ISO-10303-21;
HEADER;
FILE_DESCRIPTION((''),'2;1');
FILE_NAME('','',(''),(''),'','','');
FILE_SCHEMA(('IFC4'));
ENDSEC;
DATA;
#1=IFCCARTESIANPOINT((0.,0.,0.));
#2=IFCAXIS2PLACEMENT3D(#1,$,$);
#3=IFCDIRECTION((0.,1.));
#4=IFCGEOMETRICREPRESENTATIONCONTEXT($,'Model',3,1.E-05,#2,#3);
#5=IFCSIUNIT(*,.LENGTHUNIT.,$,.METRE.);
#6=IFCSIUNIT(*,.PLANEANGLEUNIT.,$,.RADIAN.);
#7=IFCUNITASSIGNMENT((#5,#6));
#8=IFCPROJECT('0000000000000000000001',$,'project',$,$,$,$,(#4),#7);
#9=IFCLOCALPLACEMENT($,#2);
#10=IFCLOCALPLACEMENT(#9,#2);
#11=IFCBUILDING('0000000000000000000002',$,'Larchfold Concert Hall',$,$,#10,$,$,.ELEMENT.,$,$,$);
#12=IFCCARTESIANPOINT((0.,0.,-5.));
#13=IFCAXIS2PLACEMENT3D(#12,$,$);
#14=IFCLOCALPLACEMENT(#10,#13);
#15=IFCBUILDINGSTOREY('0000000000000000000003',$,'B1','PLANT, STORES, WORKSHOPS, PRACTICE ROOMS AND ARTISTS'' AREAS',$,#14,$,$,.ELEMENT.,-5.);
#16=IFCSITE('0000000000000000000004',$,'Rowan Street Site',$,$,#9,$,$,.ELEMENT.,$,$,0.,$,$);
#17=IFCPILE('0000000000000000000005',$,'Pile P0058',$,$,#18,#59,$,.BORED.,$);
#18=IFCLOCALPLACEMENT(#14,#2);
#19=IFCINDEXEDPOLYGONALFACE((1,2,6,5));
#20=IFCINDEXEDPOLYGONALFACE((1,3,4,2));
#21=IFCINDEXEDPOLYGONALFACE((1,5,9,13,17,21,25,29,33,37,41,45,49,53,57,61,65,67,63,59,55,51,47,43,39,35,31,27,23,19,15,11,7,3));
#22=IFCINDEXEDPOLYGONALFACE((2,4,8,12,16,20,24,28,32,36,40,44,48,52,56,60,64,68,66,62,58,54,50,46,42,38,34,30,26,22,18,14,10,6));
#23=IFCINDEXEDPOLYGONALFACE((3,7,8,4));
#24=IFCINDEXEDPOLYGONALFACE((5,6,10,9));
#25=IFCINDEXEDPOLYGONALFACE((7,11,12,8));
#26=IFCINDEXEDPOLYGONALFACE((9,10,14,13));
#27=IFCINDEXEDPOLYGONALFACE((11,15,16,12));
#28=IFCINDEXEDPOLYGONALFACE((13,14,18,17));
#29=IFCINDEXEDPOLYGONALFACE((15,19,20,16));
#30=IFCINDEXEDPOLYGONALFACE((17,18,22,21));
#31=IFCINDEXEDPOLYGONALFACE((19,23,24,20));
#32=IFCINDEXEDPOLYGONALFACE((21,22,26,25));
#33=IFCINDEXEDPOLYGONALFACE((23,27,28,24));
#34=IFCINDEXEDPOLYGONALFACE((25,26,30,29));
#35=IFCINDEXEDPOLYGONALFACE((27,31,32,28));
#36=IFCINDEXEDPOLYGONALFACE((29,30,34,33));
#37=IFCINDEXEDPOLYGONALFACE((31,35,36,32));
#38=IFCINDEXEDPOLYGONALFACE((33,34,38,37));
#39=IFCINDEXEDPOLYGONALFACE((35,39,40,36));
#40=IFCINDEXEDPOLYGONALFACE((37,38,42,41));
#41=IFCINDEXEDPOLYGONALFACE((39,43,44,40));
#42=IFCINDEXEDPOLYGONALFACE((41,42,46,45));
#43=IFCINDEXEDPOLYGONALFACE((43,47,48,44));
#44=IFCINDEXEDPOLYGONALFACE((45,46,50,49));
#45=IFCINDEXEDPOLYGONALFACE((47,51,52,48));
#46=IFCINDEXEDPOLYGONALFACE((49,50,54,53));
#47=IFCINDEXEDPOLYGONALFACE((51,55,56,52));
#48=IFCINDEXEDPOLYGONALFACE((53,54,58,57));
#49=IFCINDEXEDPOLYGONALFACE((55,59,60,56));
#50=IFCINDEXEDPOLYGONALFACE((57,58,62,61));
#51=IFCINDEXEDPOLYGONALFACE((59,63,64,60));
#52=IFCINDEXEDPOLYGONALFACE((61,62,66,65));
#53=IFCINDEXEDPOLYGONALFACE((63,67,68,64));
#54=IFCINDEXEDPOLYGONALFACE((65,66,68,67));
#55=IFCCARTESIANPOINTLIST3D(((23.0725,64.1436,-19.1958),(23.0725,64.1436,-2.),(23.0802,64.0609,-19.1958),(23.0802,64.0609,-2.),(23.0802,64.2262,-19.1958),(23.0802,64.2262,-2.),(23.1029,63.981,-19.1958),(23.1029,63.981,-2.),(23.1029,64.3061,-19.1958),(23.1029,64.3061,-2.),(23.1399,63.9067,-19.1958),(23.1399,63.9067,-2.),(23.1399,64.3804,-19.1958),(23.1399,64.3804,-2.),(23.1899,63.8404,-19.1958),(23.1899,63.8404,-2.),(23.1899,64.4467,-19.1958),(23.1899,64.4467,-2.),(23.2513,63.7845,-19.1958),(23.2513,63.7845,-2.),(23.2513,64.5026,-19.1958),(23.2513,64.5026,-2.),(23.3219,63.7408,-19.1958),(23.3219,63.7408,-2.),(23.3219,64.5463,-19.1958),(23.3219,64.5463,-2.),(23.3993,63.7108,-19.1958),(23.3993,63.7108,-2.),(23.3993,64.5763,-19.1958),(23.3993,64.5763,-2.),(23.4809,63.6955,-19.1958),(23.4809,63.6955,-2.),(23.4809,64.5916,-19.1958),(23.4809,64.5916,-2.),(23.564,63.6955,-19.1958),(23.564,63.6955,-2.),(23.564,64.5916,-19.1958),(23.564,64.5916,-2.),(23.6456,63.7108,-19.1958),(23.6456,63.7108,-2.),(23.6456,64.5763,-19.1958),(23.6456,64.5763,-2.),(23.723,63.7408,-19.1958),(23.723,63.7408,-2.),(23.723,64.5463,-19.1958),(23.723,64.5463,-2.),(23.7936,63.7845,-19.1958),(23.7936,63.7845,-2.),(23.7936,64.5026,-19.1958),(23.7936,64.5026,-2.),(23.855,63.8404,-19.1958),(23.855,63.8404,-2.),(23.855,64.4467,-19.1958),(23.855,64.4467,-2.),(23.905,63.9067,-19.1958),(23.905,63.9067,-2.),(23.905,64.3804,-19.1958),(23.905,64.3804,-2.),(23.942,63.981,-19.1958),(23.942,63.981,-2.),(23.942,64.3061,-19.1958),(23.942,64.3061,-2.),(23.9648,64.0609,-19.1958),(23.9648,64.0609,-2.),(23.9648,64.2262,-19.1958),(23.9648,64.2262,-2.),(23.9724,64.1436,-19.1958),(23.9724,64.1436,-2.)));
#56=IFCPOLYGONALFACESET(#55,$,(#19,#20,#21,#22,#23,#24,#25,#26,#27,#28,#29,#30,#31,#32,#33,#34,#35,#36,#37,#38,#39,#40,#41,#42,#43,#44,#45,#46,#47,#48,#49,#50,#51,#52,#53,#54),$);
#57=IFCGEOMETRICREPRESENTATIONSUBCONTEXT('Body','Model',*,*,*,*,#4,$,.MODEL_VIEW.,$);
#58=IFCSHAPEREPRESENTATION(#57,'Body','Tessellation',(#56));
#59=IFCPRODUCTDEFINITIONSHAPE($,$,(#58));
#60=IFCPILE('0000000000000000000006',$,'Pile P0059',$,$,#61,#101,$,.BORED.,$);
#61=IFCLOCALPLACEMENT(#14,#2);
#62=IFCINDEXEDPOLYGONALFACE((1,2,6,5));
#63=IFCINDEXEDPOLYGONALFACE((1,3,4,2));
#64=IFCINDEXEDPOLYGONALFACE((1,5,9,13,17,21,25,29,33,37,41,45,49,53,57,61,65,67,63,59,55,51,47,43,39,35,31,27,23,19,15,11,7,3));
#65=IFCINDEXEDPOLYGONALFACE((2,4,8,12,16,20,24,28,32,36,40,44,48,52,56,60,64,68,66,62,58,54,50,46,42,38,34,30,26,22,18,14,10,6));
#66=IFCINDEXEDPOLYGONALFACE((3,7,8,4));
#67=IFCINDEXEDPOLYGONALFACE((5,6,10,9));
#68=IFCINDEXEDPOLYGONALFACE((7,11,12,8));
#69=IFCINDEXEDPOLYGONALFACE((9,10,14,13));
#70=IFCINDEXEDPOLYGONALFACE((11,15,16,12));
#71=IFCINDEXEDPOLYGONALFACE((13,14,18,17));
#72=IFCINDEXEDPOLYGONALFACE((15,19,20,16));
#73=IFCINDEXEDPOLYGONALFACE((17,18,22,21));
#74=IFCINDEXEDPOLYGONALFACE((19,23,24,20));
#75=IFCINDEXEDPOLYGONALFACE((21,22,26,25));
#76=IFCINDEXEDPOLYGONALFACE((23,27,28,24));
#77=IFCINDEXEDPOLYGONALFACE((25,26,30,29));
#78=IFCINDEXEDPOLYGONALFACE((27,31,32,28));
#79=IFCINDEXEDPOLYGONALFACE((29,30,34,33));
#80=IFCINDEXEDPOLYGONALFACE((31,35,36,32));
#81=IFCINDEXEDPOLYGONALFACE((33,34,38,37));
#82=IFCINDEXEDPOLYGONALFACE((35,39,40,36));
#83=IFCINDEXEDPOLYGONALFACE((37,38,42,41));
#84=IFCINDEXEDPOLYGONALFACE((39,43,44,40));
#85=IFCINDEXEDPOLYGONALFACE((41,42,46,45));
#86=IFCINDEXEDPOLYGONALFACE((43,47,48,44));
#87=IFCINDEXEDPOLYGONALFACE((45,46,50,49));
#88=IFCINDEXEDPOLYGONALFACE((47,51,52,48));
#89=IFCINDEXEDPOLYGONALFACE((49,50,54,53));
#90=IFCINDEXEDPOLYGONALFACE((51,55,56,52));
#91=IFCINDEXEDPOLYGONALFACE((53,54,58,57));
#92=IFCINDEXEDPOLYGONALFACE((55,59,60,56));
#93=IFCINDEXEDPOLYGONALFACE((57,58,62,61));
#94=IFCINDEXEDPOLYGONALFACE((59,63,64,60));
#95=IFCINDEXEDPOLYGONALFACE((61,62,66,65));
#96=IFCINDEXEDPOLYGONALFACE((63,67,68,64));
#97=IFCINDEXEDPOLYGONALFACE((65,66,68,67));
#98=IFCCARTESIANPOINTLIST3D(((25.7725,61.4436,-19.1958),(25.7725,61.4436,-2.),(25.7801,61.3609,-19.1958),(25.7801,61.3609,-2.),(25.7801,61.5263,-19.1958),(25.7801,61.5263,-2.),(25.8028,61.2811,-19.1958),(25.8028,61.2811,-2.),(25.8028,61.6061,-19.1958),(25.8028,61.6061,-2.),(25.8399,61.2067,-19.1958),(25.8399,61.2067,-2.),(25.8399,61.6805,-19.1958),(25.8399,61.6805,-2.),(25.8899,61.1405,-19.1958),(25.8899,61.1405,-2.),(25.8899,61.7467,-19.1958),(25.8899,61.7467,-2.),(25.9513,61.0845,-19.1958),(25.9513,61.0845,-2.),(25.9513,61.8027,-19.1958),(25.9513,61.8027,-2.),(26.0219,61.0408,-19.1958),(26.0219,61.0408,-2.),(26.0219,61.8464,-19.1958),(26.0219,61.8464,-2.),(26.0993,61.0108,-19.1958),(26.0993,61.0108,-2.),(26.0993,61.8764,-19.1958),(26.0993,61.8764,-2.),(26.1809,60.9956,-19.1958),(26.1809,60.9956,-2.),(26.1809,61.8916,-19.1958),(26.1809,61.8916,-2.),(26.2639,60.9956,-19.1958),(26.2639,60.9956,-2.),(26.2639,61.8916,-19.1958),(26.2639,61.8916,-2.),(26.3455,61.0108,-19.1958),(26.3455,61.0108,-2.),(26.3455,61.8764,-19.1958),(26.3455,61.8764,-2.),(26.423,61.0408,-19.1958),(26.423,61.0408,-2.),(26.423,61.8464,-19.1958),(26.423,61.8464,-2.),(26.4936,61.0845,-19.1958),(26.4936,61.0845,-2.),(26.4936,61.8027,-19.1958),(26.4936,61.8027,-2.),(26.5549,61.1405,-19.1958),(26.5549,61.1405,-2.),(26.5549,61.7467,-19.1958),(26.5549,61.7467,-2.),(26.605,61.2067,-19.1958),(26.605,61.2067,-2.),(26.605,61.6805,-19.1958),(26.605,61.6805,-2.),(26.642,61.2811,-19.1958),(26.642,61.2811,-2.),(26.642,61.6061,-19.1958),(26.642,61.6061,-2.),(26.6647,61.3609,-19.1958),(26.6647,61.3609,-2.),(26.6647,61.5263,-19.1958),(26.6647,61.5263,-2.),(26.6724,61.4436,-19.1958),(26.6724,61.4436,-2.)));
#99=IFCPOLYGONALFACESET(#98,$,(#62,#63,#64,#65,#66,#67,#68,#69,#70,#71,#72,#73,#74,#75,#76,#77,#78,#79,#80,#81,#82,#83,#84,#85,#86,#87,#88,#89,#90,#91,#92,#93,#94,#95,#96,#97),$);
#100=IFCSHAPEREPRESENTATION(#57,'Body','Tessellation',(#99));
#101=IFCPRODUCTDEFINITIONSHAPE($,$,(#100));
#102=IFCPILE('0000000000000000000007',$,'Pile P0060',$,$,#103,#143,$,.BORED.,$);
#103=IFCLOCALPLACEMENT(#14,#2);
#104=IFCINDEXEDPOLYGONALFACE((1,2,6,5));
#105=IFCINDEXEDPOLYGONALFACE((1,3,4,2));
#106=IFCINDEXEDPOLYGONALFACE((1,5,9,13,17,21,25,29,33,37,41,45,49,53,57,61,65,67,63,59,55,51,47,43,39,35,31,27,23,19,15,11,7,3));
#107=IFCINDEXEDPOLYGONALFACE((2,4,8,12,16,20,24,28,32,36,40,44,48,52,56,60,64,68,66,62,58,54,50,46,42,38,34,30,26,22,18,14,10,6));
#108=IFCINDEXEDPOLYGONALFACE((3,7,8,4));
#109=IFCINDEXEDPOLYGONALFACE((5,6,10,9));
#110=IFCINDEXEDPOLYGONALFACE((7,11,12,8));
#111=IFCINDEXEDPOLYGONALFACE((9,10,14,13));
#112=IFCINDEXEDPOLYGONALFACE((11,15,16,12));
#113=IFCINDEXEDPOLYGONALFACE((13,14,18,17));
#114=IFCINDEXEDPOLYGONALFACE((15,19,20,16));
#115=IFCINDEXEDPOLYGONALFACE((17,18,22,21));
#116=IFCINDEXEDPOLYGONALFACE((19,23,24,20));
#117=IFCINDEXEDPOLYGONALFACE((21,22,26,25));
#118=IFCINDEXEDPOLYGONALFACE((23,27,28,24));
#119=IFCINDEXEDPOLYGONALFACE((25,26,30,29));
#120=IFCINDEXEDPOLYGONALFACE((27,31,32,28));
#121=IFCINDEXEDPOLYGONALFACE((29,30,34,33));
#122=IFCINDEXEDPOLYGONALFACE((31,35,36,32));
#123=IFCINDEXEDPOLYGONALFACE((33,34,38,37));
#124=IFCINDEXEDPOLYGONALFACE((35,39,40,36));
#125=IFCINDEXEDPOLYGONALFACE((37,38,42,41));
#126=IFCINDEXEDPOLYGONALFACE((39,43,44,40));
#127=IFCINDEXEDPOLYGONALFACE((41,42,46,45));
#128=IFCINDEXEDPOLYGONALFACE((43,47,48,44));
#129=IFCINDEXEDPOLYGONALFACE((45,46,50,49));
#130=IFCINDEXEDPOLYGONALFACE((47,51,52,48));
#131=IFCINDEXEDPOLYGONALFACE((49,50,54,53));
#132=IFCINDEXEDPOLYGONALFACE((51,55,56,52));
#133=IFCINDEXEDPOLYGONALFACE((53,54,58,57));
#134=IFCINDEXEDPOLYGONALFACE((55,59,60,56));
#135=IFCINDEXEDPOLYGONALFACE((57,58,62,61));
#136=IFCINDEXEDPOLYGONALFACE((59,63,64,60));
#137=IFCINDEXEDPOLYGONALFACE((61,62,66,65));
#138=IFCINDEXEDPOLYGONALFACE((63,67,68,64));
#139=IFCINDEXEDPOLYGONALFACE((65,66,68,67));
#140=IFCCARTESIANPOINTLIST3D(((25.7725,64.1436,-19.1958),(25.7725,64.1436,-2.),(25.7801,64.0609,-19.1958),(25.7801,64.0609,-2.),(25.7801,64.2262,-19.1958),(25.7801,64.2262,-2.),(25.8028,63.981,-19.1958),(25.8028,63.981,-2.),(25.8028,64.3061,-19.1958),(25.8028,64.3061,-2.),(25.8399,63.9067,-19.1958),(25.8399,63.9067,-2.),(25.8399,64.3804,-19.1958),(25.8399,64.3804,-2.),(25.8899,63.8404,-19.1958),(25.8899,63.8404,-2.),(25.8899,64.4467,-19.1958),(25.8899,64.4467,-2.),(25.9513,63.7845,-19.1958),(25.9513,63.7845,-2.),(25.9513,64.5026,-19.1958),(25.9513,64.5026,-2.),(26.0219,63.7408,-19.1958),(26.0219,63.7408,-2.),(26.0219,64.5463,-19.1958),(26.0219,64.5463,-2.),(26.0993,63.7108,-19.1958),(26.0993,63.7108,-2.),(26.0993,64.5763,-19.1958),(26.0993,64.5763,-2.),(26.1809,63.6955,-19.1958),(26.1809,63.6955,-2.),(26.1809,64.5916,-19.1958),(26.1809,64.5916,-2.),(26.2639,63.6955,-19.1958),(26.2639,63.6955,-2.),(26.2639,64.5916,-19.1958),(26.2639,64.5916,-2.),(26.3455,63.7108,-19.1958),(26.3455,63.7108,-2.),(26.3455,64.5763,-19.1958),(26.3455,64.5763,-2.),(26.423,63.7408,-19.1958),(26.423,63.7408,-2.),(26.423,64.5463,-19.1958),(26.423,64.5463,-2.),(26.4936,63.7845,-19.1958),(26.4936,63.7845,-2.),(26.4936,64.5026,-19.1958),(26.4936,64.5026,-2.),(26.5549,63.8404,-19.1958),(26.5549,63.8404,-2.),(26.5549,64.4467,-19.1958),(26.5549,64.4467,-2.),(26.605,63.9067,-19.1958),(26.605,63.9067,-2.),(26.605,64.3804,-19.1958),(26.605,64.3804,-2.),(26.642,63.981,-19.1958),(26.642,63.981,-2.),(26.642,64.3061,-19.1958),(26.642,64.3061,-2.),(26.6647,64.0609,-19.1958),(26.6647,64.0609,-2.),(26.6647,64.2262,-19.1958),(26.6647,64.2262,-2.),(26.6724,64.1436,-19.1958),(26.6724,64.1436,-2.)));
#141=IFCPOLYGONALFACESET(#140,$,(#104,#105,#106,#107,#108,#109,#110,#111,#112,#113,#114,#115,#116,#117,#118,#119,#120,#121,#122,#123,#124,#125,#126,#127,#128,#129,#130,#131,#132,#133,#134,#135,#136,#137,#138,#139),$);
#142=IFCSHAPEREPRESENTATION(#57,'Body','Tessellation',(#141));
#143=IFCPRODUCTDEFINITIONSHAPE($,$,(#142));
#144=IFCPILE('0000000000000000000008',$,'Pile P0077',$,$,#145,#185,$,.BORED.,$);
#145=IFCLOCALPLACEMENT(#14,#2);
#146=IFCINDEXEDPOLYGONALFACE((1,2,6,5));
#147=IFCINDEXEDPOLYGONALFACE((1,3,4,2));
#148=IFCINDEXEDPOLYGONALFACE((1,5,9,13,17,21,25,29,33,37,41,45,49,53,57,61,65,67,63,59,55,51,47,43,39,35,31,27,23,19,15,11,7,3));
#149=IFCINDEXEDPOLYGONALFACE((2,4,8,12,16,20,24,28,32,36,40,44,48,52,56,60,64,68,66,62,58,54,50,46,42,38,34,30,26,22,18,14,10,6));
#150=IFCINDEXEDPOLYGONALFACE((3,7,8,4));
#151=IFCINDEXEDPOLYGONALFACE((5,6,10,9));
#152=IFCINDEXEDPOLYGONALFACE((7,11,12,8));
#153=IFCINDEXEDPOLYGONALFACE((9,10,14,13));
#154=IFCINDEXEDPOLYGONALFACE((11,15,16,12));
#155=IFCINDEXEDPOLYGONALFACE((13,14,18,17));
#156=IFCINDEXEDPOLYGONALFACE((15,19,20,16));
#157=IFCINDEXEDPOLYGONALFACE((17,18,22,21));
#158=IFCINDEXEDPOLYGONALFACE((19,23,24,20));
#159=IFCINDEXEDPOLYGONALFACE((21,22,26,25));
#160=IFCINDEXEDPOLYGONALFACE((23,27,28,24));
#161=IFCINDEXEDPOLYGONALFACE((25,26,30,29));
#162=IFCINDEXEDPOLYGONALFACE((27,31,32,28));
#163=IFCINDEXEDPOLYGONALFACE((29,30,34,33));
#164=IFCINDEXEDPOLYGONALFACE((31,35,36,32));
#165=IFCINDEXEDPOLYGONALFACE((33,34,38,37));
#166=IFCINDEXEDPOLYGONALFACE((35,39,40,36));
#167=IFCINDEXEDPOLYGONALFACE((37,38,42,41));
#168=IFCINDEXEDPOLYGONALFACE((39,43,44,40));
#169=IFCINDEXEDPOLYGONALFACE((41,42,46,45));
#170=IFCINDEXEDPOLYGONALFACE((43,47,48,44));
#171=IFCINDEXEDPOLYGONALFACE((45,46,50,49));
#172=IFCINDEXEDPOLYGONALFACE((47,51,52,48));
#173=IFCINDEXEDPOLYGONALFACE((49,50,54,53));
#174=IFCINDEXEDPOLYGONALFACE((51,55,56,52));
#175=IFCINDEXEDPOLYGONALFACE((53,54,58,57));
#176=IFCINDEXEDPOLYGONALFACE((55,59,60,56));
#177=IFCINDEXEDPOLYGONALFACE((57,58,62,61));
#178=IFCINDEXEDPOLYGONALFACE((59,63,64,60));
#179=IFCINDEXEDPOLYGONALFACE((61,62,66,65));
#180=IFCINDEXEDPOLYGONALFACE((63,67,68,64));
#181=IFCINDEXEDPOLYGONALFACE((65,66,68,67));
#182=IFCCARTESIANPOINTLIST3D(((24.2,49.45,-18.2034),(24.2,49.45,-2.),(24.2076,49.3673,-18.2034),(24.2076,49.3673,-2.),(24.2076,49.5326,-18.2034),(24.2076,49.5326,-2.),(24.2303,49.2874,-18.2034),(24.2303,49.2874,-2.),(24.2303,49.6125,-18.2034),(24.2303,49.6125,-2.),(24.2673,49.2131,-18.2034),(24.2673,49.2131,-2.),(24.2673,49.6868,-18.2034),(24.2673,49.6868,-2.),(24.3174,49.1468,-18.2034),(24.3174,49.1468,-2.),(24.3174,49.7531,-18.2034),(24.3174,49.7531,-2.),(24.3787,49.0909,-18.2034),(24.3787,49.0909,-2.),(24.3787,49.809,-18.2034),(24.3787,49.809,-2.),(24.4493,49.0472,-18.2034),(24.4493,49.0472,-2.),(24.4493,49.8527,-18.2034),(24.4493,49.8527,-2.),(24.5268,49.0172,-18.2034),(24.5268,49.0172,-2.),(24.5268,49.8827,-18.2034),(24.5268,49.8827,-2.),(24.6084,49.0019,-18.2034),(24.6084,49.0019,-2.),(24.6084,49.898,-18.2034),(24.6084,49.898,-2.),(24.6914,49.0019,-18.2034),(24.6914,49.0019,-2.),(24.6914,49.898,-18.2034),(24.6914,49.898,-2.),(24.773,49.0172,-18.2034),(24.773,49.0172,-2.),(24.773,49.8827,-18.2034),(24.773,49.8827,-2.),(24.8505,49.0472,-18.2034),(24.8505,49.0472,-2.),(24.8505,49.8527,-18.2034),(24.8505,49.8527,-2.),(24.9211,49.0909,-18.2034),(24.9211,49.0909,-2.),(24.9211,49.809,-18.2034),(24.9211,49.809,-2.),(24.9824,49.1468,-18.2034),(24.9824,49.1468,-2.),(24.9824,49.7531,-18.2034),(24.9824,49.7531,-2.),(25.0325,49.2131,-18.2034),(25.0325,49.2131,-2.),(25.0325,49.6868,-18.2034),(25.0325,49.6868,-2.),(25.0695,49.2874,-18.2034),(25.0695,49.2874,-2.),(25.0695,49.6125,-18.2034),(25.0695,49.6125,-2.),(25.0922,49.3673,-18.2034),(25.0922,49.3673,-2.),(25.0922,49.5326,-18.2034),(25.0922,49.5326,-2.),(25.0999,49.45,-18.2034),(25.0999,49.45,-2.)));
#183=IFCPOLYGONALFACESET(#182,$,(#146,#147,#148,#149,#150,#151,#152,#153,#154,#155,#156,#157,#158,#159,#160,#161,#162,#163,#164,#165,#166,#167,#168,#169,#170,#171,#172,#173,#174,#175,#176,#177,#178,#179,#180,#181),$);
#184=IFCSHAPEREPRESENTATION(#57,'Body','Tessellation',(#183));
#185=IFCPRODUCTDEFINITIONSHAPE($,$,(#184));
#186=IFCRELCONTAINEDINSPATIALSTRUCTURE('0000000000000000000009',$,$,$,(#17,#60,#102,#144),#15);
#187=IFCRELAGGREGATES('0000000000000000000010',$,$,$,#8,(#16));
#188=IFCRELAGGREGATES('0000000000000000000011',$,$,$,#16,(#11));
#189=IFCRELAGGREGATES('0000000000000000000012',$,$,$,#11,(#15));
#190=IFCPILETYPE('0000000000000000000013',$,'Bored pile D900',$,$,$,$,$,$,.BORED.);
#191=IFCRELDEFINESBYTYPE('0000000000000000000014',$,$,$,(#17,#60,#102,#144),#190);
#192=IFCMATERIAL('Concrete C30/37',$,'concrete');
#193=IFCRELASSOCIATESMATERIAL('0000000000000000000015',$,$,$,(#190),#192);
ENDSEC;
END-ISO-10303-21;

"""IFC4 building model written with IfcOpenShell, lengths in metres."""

from ifc_helpers import new_model, si_unit, direction, frame, origin, origin_2d, place, context, subcontext, project, spatial, circle, extrude, material, material_profile, profile_set, type_object, element, save


model = new_model("IFC4")

# Units and contexts
model_context = context("Model", 3, precision=1e-05, world=origin(), true_north=direction((0.0, 1.0)))
body_context = subcontext(model_context, "Body", "Model", "MODEL_VIEW")
ifc_project = project(units=[si_unit("LENGTHUNIT", "METRE"), si_unit("PLANEANGLEUNIT", "RADIAN")], contexts=[model_context])

# Site, building, storey
site_placement = place(None, origin())
site = spatial("IfcSite", under=ifc_project, at=site_placement, Name="Rowan Street Site", CompositionType="ELEMENT", RefElevation=0.0)
building_placement = place(site_placement, origin())
building = spatial("IfcBuilding", under=site, at=building_placement, Name="Larchfold Concert Hall", CompositionType="ELEMENT")
storey_placement = place(building_placement, frame((0.0, 0.0, -5.0)))
storey = spatial("IfcBuildingStorey", under=building, at=storey_placement, Name="B1", Description="PLANT, STORES, WORKSHOPS, PRACTICE ROOMS AND ARTISTS' AREAS", CompositionType="ELEMENT", Elevation=-5.0)

# Piles
ifc_material_1 = material(Name="Concrete C30/37", Category="concrete")
ifc_material_profile_1 = material_profile(ifc_material_1, circle(Radius=0.45, at=origin_2d()))
ifc_profile_set_1 = profile_set([ifc_material_profile_1], Name="Concrete C30/37")
pile_type_1 = type_object("IfcPileType", Name="Bored pile D900", PredefinedType="BORED", material=ifc_profile_set_1)
for number, where, z_axis, x_axis, name in (
    (1, (23.5225, 64.1436, -2.0), (0.0, 0.0, -1.0), (1.0, 0.0, 0.0), "Pile P0058"),
    (2, (26.2224, 61.4436, -2.0), (0.0, 0.0, -1.0), (1.0, 0.0, 0.0), "Pile P0059"),
    (3, (26.2224, 64.1436, -2.0), (0.0, 0.0, -1.0), (1.0, 0.0, 0.0), "Pile P0060"),
):
    element("IfcPile", number, at=place(storey_placement, frame(where, z_axis=z_axis, x_axis=x_axis)), inside=storey, type_object=pile_type_1, Name=name, PredefinedType="BORED", context=body_context, shape_type="SweptSolid", body=[
        extrude(circle(Radius=0.45, at=origin_2d()), origin(), (0.0, 0.0, 1.0), 17.1958),
    ])
for number, where, z_axis, x_axis, name in (
    (4, (24.6499, 49.45, -2.0), (0.0, 0.0, -1.0), (1.0, 0.0, 0.0), "Pile P0077"),
):
    element("IfcPile", number, at=place(storey_placement, frame(where, z_axis=z_axis, x_axis=x_axis)), inside=storey, type_object=pile_type_1, Name=name, PredefinedType="BORED", context=body_context, shape_type="SweptSolid", body=[
        extrude(circle(Radius=0.45, at=origin_2d()), origin(), (0.0, 0.0, 1.0), 16.2034),
    ])

save(model, "model.ifc")
